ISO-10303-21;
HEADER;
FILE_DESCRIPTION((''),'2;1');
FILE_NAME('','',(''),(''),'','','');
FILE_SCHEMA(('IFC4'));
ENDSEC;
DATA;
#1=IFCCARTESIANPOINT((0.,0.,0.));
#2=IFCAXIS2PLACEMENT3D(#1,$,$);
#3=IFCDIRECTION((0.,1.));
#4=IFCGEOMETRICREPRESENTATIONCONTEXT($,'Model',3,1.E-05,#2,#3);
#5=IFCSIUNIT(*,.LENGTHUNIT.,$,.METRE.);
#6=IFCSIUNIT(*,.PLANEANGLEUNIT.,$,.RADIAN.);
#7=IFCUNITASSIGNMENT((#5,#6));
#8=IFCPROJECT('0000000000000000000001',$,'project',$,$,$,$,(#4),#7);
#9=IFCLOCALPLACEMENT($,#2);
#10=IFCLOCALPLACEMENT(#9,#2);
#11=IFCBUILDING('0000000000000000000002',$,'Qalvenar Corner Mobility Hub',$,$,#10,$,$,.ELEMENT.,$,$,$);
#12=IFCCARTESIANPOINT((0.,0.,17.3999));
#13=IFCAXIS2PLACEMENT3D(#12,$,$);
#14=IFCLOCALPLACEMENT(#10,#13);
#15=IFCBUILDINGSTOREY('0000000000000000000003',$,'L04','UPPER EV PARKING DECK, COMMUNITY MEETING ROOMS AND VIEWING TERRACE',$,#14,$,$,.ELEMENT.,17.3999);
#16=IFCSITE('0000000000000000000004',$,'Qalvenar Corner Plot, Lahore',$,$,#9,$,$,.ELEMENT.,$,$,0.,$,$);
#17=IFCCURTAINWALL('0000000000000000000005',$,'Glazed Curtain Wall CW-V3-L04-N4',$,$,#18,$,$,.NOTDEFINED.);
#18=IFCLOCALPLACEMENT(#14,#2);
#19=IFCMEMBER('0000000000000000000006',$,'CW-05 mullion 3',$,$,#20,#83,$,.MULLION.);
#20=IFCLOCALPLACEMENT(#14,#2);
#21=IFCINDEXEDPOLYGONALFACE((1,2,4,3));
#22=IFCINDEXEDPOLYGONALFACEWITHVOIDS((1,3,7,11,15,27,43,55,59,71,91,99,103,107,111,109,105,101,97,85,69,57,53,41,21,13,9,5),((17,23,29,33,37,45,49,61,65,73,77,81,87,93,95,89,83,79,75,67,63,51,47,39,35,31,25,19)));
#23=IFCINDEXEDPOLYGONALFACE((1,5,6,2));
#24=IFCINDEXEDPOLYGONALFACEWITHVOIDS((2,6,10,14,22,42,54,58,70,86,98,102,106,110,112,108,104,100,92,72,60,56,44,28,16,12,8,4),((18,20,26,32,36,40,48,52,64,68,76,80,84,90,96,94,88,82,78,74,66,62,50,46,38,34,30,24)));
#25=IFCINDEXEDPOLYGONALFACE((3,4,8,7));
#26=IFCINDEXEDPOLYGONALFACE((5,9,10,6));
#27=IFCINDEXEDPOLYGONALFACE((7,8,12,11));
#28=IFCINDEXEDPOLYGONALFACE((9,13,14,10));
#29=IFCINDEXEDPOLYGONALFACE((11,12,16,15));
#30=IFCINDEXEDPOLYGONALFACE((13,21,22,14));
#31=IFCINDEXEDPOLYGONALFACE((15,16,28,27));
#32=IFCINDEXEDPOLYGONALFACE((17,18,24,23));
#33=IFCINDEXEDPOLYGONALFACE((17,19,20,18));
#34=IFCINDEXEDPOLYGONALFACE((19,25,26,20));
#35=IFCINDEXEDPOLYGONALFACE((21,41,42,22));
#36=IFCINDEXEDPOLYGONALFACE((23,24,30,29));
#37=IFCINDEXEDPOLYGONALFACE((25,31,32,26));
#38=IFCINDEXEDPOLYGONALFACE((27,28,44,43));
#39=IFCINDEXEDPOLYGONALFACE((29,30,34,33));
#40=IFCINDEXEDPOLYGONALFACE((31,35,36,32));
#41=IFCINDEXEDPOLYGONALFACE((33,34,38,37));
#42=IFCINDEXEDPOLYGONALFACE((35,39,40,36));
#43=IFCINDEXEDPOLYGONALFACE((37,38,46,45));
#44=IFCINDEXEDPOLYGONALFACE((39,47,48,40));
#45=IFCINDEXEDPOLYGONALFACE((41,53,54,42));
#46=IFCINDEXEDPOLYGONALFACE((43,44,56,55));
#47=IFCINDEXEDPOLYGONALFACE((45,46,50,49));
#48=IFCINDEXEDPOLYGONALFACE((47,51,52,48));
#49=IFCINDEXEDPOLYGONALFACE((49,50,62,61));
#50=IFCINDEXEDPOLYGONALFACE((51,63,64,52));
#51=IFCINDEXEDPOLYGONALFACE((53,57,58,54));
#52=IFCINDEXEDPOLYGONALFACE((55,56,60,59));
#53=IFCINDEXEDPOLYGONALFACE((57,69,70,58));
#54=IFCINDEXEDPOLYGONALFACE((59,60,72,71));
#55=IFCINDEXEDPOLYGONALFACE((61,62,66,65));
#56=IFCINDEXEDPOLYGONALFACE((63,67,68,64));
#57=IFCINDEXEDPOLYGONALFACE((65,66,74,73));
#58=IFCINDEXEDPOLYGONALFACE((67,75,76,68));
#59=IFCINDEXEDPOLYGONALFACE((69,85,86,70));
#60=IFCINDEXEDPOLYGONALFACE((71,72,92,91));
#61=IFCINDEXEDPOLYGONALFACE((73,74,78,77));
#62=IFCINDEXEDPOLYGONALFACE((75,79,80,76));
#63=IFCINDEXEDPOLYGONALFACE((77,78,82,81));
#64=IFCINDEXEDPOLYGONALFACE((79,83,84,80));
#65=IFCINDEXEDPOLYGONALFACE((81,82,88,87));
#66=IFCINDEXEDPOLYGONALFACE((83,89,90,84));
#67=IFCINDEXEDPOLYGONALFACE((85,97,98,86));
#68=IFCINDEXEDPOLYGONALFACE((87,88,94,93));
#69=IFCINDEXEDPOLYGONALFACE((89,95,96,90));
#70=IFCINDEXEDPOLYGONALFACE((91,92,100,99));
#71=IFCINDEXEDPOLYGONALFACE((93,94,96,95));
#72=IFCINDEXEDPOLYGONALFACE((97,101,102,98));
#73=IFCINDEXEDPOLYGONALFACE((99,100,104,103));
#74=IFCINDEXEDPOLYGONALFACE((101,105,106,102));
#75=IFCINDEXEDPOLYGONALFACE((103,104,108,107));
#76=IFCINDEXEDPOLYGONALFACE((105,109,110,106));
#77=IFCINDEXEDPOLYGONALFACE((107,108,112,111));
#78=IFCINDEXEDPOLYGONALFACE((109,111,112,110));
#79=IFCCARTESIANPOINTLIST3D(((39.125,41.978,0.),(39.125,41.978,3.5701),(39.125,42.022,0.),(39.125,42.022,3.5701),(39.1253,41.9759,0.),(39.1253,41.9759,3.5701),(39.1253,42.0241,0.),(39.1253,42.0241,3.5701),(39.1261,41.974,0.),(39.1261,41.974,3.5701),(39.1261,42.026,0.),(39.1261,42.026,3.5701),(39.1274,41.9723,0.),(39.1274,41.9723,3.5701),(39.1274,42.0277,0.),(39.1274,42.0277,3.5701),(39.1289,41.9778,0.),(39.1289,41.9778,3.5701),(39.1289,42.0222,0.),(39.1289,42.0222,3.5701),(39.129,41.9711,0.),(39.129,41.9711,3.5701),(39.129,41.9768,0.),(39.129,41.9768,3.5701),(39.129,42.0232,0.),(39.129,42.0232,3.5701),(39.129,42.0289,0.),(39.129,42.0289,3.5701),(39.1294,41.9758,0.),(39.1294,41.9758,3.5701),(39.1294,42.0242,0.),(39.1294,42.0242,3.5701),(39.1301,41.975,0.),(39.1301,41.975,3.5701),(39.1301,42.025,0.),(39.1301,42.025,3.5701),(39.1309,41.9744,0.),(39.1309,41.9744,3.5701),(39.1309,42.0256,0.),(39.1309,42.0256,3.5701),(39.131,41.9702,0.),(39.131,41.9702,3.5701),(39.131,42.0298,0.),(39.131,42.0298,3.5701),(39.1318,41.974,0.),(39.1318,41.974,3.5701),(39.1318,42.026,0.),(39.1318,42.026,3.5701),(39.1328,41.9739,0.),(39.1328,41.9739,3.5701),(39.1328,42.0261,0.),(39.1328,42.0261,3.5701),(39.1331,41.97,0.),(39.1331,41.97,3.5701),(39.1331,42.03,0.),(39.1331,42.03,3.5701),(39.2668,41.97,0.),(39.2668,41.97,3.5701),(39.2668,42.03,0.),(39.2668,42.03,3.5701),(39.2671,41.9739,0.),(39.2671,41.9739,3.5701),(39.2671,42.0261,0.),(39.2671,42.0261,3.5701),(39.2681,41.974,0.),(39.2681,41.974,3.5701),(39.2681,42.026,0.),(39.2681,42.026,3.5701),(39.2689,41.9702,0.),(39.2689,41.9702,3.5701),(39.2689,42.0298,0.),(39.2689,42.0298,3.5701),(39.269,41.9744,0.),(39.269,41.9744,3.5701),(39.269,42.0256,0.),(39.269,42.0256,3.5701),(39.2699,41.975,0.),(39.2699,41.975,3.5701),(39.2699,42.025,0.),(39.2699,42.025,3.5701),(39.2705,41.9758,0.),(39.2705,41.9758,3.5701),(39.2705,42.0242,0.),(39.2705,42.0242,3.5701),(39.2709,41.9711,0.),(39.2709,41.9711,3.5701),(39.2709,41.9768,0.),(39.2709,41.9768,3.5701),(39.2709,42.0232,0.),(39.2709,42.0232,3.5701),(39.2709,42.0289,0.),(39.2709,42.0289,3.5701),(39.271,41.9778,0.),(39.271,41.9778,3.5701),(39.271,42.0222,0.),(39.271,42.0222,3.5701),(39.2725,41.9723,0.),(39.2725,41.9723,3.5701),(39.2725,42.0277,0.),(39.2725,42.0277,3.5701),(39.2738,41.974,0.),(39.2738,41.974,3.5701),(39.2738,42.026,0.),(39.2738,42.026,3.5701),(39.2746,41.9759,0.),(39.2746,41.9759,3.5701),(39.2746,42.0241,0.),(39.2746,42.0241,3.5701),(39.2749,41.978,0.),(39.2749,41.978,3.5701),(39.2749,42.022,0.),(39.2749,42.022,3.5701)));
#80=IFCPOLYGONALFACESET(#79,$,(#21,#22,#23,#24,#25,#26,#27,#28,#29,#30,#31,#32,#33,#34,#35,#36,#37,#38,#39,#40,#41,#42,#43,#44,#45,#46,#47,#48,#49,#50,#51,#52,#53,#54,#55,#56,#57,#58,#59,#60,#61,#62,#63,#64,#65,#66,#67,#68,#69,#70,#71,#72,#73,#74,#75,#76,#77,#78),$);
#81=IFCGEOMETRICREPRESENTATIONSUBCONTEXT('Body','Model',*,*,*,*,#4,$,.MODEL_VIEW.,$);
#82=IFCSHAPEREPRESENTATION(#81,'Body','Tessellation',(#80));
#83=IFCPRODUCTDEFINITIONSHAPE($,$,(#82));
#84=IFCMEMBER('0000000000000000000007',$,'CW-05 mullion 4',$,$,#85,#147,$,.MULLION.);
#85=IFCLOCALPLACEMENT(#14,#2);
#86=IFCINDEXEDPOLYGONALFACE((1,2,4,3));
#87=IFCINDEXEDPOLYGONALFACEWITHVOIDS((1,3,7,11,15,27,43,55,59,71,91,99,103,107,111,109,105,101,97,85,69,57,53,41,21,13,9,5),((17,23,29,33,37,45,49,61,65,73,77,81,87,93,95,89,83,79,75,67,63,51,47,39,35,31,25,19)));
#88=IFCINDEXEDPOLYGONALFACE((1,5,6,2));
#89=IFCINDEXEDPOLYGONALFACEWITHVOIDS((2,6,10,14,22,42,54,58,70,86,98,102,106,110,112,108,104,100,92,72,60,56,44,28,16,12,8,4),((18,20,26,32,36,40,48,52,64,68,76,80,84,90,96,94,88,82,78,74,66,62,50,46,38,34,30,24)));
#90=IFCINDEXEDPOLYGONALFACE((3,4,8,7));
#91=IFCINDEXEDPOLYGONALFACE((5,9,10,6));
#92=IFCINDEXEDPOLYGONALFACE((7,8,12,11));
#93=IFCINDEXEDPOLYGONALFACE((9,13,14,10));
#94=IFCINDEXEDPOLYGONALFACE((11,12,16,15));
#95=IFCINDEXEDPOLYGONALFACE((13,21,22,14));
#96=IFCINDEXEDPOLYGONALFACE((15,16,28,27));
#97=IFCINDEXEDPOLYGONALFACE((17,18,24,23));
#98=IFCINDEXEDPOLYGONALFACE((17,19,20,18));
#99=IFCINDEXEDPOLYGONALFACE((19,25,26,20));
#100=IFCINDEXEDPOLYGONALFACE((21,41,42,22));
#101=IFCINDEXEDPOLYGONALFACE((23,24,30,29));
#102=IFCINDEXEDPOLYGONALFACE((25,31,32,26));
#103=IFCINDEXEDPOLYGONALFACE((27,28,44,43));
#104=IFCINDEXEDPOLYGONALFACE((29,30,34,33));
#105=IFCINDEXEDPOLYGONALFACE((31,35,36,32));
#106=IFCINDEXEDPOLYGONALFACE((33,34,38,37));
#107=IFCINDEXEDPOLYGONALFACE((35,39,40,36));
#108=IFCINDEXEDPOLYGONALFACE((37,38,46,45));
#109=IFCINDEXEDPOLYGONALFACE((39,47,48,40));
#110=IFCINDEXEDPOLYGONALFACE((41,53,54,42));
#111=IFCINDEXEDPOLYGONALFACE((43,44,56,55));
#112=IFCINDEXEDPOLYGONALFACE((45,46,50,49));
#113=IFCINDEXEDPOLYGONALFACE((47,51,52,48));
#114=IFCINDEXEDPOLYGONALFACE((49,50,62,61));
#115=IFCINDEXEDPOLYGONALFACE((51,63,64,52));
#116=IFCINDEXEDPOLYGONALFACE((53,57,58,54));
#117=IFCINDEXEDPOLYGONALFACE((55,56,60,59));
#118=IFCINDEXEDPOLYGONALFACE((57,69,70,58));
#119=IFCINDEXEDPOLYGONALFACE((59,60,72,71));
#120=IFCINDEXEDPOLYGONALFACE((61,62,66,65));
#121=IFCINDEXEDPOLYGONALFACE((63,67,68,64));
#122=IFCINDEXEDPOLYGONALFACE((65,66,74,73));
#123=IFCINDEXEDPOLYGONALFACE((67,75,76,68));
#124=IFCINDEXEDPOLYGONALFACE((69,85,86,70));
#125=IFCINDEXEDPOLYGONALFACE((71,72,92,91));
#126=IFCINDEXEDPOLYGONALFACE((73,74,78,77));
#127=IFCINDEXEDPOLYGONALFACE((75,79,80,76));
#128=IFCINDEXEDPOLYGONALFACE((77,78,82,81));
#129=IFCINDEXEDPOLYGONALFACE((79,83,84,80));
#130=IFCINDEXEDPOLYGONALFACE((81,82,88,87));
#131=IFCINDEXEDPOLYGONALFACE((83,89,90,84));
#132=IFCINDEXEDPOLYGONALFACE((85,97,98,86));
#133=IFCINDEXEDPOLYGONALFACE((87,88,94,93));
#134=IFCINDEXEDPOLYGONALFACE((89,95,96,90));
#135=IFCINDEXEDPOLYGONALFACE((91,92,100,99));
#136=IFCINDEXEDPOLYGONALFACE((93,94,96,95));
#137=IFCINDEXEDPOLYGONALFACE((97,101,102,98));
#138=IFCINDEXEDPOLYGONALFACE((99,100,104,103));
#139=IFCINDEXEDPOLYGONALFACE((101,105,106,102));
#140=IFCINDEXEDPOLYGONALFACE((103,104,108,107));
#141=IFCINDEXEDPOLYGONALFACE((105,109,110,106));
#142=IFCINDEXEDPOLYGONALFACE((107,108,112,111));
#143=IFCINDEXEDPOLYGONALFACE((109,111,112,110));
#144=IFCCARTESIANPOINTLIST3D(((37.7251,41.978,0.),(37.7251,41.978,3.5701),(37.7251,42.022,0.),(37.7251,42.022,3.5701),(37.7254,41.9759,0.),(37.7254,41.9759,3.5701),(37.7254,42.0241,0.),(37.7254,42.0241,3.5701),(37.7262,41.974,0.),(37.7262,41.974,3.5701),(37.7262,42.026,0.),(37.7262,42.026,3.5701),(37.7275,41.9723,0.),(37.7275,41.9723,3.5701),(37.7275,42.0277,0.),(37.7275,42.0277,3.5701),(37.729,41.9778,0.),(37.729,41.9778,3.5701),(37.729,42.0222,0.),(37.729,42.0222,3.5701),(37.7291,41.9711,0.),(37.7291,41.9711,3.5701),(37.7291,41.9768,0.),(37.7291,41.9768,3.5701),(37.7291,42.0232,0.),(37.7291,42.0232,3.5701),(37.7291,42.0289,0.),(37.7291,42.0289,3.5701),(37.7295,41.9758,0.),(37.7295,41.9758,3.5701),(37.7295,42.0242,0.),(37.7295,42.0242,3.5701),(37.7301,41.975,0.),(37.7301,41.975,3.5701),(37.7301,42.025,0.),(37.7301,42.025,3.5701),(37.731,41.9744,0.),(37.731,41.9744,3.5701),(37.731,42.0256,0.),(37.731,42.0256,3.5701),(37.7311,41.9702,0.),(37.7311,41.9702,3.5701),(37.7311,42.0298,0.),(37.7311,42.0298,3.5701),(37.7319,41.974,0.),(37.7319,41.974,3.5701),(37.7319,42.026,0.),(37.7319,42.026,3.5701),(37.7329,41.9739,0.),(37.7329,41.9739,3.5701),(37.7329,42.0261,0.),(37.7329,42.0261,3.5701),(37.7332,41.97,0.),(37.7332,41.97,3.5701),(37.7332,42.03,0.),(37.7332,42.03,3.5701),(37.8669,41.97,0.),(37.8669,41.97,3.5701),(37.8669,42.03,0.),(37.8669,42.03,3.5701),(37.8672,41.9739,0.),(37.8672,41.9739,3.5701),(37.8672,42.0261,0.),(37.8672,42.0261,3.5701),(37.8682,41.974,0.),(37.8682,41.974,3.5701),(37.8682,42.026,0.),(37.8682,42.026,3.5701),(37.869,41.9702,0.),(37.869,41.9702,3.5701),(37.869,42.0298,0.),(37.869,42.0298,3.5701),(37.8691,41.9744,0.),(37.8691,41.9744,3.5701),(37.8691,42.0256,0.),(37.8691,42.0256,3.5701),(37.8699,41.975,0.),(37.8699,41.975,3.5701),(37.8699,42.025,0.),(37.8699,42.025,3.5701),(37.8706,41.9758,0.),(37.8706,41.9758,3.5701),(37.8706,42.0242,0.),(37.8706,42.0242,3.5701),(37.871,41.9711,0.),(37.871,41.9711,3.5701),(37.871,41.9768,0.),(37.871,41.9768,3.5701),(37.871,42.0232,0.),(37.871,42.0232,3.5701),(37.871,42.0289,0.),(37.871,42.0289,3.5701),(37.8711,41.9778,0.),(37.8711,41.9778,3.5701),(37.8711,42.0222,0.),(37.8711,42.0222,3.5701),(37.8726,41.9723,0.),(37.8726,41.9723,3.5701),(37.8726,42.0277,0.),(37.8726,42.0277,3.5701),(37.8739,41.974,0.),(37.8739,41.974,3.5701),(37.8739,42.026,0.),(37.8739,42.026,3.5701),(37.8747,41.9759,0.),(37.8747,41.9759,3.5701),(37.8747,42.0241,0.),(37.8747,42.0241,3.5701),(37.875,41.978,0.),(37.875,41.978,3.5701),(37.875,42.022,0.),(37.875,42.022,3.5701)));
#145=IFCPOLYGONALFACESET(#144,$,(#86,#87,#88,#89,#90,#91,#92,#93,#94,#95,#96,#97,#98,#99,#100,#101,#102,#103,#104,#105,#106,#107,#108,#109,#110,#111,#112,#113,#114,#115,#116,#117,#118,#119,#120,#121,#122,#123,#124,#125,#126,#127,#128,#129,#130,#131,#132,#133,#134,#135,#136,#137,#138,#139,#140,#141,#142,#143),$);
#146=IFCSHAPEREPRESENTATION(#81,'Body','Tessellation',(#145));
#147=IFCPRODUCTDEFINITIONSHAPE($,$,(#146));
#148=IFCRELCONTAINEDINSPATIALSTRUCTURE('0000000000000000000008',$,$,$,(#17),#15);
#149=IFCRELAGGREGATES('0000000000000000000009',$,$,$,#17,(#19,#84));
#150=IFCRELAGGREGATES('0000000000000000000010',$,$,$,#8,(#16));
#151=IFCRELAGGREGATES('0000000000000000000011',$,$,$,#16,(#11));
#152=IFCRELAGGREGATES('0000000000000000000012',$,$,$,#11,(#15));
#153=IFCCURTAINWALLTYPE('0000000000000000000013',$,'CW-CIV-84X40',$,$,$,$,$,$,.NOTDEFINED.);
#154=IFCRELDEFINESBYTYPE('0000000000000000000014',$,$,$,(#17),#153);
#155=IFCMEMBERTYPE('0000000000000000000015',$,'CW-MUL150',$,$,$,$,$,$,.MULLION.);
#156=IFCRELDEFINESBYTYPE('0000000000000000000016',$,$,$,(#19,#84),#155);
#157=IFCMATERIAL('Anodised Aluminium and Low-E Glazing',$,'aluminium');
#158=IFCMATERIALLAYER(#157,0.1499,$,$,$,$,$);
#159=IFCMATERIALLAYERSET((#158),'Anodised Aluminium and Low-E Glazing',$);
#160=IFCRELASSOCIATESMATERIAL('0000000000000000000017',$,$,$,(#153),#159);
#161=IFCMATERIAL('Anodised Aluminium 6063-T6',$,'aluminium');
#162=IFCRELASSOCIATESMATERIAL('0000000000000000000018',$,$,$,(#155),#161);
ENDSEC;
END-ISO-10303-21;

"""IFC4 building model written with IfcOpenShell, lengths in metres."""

from ifc_helpers import new_model, si_unit, direction, frame, origin, origin_2d, place, context, subcontext, project, spatial, hollow_rectangle, extrude, material, layer, layer_set, material_profile, profile_set, type_object, element, aggregate, save


model = new_model("IFC4")

# Units and contexts
model_context = context("Model", 3, precision=1e-05, world=origin(), true_north=direction((0.0, 1.0)))
body_context = subcontext(model_context, "Body", "Model", "MODEL_VIEW")
ifc_project = project(units=[si_unit("LENGTHUNIT", "METRE"), si_unit("PLANEANGLEUNIT", "RADIAN")], contexts=[model_context])

# Site, building, storey
site_placement = place(None, origin())
site = spatial("IfcSite", under=ifc_project, at=site_placement, Name="Qalvenar Corner Plot, Lahore", CompositionType="ELEMENT", RefElevation=0.0)
building_placement = place(site_placement, origin())
building = spatial("IfcBuilding", under=site, at=building_placement, Name="Qalvenar Corner Mobility Hub", CompositionType="ELEMENT")
storey_placement = place(building_placement, frame((0.0, 0.0, 17.3999)))
storey = spatial("IfcBuildingStorey", under=building, at=storey_placement, Name="L04", Description="UPPER EV PARKING DECK, COMMUNITY MEETING ROOMS AND VIEWING TERRACE", CompositionType="ELEMENT", Elevation=17.3999)

# Curtain wall, members
ifc_material_1 = material(Name="Anodised Aluminium and Low-E Glazing", Category="aluminium")
ifc_layer_1 = layer(ifc_material_1, 0.1499)
ifc_layer_set_1 = layer_set([ifc_layer_1], Name="Anodised Aluminium and Low-E Glazing")
curtain_wall_type = type_object("IfcCurtainWallType", Name="CW-CIV-84X40", PredefinedType="NOTDEFINED", material=ifc_layer_set_1)
curtain_wall_placement = place(storey_placement, origin())
curtain_wall = element("IfcCurtainWall", 1, at=curtain_wall_placement, inside=storey, type_object=curtain_wall_type, Name="Glazed Curtain Wall CW-V3-L04-N4", PredefinedType="NOTDEFINED")
ifc_material_2 = material(Name="Anodised Aluminium 6063-T6", Category="aluminium")
ifc_material_profile_1 = material_profile(ifc_material_2, hollow_rectangle(XDim=0.0601, YDim=0.1499, WallThickness=0.0039, InnerFilletRadius=0.0039, OuterFilletRadius=0.0081, at=origin_2d()), Name="RHS150x60x4")
ifc_profile_set_1 = profile_set([ifc_material_profile_1], Name="Anodised Aluminium 6063-T6")
member_type_1 = type_object("IfcMemberType", Name="CW-MUL150", PredefinedType="MULLION", material=ifc_profile_set_1)
member_1_placement = place(storey_placement, frame((39.2, 42.0, 0.0), z_axis=(0.0, 0.0, 1.0), x_axis=(0.0, -1.0, 0.0)))
member_1 = element("IfcMember", 2, at=member_1_placement, type_object=member_type_1, Name="CW-05 mullion 3", PredefinedType="MULLION", context=body_context, shape_type="SweptSolid", body=[
    extrude(hollow_rectangle(XDim=0.0601, YDim=0.1499, WallThickness=0.0039, InnerFilletRadius=0.0039, OuterFilletRadius=0.0081, at=origin_2d()), origin(), (0.0, 0.0, 1.0), 3.5701),
])
member_2_placement = place(storey_placement, frame((37.8, 42.0, 0.0), z_axis=(0.0, 0.0, 1.0), x_axis=(0.0, -1.0, 0.0)))
member_2 = element("IfcMember", 3, at=member_2_placement, type_object=member_type_1, Name="CW-05 mullion 4", PredefinedType="MULLION", context=body_context, shape_type="SweptSolid", body=[
    extrude(hollow_rectangle(XDim=0.0601, YDim=0.1499, WallThickness=0.0039, InnerFilletRadius=0.0039, OuterFilletRadius=0.0081, at=origin_2d()), origin(), (0.0, 0.0, 1.0), 3.5701),
])
aggregate(curtain_wall, [member_1, member_2])

save(model, "model.ifc")
